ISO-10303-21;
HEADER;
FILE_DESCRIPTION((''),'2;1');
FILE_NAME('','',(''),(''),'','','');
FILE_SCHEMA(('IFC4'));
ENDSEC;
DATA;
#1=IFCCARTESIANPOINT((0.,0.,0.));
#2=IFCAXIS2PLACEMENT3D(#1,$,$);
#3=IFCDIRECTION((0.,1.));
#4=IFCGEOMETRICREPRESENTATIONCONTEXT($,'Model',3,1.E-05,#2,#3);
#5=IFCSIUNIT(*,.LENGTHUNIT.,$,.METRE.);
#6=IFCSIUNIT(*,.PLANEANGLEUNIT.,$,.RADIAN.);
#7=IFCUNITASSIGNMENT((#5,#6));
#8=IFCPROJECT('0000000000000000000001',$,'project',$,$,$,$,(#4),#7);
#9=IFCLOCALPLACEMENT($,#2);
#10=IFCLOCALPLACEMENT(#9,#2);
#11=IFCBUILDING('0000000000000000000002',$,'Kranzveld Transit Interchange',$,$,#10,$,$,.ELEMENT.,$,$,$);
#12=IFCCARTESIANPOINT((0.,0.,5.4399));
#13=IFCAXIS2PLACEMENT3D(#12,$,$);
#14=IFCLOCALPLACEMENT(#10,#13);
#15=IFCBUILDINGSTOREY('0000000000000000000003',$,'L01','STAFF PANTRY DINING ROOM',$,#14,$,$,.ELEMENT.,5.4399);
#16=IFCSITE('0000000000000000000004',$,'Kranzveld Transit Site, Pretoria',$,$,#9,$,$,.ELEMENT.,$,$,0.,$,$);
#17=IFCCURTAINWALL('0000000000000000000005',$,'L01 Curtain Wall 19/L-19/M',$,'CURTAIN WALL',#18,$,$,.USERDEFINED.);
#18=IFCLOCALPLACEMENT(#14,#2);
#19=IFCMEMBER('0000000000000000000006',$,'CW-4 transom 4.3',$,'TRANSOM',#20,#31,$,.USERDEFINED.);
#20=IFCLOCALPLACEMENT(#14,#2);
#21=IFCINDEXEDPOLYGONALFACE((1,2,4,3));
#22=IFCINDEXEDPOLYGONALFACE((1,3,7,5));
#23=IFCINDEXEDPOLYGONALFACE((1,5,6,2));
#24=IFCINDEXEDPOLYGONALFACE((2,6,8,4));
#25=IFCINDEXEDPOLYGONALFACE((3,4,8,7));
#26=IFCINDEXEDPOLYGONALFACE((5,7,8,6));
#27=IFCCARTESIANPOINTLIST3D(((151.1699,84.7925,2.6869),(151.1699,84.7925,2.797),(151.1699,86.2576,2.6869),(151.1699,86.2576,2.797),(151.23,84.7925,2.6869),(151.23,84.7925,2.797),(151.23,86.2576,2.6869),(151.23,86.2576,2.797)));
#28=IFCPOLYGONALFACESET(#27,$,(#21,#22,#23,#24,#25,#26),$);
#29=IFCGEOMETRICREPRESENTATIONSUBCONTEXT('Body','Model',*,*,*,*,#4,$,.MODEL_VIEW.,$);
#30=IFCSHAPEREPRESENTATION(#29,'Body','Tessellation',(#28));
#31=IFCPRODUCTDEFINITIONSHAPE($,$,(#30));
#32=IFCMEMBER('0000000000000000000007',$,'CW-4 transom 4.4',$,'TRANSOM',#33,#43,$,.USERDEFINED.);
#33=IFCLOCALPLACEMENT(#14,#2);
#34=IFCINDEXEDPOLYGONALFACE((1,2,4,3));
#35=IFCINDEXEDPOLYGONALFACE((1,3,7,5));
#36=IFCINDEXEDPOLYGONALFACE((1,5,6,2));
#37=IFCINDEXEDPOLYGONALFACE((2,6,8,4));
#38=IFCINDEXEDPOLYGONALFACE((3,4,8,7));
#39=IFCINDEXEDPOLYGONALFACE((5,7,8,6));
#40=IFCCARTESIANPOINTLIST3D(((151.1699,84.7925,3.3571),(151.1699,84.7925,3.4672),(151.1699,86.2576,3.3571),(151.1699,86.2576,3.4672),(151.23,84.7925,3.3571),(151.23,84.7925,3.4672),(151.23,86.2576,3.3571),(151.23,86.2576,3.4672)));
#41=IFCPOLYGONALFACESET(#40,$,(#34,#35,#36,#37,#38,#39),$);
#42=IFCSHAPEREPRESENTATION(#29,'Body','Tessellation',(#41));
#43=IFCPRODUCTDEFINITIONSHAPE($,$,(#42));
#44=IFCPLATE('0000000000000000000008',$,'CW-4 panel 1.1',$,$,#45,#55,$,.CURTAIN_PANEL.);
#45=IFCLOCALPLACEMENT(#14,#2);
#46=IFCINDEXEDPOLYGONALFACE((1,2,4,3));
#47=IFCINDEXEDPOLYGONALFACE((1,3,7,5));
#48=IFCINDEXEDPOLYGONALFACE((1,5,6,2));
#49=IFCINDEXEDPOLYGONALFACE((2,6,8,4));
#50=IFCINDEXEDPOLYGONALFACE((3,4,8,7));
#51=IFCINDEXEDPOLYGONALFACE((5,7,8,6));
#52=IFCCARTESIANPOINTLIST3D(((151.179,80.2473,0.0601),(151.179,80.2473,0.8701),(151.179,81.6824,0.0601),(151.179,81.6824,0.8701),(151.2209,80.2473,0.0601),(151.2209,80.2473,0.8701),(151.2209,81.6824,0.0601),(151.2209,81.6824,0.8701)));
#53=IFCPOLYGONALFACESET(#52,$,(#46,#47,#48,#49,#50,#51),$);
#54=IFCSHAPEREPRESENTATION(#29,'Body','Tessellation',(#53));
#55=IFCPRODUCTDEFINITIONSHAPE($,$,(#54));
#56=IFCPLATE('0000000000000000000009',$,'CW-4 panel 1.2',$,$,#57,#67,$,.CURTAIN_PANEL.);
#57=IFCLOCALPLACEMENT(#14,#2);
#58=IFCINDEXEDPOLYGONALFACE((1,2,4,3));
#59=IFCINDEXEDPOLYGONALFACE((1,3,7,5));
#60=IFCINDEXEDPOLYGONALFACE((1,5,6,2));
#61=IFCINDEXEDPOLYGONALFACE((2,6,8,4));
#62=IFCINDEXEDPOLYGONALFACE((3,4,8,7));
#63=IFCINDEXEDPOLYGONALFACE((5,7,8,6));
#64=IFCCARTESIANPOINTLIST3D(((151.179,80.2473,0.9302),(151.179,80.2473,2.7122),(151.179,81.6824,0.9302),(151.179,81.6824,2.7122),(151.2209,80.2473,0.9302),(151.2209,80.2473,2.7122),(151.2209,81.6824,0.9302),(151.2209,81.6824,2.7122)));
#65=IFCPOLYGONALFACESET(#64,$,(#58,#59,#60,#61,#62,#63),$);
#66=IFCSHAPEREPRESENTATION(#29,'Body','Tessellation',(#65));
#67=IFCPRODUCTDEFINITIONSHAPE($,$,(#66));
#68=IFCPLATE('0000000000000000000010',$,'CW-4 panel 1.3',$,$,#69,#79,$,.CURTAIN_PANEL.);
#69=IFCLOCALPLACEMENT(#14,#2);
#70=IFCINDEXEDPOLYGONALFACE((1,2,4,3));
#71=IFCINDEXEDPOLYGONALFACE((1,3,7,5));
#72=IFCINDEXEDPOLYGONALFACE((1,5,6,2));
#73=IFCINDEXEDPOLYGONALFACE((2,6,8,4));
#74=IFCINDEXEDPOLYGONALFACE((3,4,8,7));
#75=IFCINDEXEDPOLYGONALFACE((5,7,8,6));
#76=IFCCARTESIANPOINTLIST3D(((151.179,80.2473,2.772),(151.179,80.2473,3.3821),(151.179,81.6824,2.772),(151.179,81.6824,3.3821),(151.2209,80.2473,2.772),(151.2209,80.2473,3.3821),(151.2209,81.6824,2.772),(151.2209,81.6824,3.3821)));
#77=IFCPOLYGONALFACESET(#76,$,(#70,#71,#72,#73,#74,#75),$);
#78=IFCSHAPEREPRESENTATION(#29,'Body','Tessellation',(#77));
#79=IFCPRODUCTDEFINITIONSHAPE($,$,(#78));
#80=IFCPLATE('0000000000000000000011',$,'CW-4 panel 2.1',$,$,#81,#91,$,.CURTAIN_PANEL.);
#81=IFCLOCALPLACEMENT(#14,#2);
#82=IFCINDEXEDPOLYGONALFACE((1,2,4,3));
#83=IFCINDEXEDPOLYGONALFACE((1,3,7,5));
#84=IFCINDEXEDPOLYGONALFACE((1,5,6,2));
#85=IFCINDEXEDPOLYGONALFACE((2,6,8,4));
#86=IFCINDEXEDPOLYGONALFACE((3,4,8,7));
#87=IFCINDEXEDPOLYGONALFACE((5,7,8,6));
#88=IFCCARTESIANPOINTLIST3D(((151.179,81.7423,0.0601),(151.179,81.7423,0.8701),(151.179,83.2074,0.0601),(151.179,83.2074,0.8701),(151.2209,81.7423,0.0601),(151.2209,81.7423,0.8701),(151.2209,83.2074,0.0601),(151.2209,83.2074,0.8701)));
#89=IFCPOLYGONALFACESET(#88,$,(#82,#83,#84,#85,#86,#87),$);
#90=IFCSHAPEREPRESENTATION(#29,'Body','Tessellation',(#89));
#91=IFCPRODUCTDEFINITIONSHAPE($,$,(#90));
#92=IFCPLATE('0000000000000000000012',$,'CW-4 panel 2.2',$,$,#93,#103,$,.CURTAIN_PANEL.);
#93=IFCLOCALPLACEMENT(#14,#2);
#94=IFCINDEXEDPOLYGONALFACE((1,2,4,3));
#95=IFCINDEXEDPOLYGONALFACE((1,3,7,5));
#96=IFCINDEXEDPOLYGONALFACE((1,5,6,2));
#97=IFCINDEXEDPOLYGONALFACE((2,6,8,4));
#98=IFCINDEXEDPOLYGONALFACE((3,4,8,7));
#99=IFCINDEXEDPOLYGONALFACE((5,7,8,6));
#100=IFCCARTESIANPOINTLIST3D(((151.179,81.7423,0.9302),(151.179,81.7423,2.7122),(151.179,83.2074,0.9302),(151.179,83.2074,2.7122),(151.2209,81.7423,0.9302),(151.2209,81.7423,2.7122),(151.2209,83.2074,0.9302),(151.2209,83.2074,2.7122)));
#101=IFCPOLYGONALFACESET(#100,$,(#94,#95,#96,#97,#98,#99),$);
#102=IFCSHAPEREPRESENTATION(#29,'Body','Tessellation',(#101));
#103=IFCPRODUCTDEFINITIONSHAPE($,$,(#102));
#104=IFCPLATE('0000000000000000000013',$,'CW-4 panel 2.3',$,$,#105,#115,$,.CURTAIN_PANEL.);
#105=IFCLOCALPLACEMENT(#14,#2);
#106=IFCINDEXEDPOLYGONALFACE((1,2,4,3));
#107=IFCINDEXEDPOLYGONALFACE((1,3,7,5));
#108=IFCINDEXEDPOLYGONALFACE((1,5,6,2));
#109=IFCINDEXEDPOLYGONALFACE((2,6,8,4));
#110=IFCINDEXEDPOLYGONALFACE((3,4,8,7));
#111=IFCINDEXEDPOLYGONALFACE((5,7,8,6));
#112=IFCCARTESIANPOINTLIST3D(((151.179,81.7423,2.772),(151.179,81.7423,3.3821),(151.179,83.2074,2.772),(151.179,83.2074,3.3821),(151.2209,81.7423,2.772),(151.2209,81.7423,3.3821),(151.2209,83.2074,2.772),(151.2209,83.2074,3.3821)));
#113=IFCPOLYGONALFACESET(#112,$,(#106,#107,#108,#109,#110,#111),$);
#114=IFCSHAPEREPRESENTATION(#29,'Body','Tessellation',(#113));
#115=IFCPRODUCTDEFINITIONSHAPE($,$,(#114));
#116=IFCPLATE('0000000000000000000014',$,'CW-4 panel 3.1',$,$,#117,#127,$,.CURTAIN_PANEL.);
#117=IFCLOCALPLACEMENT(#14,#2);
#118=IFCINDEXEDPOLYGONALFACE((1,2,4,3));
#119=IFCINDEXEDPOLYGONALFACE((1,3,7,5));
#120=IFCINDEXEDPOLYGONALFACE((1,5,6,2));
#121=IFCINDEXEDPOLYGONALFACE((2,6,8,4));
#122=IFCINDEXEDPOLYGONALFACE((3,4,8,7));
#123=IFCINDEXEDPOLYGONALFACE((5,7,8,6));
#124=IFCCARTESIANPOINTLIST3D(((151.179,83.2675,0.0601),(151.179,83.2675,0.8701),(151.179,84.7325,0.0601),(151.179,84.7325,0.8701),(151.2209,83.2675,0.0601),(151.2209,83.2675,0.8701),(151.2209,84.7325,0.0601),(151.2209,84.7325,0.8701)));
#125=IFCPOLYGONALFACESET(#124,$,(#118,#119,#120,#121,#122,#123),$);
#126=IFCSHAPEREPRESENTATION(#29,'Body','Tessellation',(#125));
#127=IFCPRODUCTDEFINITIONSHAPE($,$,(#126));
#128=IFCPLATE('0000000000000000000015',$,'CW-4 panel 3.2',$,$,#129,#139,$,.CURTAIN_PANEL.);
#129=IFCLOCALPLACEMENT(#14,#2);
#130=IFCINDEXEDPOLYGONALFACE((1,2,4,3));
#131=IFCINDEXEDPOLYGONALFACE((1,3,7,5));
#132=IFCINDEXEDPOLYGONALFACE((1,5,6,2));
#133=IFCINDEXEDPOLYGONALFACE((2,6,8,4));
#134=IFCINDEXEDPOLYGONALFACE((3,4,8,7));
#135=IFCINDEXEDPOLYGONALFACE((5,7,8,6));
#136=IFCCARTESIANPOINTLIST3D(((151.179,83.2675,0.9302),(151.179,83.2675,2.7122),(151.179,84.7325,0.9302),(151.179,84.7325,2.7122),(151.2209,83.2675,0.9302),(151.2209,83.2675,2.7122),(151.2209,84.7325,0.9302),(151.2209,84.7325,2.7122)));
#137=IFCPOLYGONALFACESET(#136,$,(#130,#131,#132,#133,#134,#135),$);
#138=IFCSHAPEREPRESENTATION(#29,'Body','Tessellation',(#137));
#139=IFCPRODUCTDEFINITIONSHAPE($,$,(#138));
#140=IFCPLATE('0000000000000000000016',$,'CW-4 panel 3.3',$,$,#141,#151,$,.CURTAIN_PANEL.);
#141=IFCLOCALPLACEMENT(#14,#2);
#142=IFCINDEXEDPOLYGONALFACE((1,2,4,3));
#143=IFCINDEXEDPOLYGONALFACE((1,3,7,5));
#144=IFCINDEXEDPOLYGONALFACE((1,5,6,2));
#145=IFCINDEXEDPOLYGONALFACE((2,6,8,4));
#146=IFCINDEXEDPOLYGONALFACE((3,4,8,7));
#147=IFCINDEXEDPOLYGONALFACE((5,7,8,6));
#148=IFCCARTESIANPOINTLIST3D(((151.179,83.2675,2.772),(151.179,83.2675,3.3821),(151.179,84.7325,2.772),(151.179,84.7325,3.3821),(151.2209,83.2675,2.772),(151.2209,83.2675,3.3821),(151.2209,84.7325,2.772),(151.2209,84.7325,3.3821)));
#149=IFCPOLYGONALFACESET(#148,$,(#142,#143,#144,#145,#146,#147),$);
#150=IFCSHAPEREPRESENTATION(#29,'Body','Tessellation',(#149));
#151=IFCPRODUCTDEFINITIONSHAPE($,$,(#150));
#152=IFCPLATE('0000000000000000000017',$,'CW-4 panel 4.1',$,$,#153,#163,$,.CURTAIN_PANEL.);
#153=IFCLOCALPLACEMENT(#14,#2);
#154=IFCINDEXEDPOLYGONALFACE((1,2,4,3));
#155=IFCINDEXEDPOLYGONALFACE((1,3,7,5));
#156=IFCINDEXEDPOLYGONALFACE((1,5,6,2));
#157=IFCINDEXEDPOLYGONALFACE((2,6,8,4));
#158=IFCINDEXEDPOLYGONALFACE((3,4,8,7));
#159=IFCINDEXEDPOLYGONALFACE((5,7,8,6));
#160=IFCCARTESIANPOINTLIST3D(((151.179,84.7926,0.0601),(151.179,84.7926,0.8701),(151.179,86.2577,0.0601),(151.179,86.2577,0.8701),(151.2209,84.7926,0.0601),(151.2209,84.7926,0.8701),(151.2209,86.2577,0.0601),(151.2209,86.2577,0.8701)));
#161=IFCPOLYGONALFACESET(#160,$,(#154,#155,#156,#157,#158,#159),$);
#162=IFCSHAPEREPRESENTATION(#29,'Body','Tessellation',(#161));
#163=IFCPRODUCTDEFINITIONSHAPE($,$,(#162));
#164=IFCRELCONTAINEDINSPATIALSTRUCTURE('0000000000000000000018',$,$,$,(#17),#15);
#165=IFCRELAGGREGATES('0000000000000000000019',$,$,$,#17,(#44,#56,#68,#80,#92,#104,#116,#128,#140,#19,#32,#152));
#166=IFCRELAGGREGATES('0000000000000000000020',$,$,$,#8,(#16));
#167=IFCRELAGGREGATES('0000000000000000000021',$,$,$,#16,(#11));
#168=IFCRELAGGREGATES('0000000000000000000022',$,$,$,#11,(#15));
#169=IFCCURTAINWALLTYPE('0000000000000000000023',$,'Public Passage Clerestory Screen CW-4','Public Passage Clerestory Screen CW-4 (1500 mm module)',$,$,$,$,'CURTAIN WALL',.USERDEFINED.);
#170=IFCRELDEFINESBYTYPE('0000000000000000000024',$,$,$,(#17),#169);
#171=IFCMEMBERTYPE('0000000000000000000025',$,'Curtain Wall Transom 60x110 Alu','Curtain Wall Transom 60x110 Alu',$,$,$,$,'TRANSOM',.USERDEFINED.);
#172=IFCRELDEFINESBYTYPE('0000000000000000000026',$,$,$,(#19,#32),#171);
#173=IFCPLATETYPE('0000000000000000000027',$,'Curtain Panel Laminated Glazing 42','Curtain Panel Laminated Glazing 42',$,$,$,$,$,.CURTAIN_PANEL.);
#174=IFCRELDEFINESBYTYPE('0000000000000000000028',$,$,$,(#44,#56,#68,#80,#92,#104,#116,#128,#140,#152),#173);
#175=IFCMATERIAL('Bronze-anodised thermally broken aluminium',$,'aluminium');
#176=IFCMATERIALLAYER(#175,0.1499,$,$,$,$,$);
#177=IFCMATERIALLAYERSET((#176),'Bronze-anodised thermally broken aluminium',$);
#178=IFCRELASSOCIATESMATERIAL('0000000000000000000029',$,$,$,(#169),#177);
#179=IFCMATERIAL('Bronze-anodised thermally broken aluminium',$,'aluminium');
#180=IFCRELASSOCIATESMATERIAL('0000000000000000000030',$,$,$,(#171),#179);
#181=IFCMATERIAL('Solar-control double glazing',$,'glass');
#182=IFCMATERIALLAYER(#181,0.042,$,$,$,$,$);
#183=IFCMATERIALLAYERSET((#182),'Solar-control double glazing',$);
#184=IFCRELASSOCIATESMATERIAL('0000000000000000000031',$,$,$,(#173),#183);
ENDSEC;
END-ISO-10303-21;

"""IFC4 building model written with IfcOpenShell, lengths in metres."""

from ifc_helpers import new_model, si_unit, direction, frame, origin, origin_2d, place, context, subcontext, project, spatial, rectangle, extrude, material, layer, layer_set, material_profile, profile_set, type_object, element, aggregate, save


model = new_model("IFC4")

# Units and contexts
model_context = context("Model", 3, precision=1e-05, world=origin(), true_north=direction((0.0, 1.0)))
body_context = subcontext(model_context, "Body", "Model", "MODEL_VIEW")
ifc_project = project(units=[si_unit("LENGTHUNIT", "METRE"), si_unit("PLANEANGLEUNIT", "RADIAN")], contexts=[model_context])

# Site, building, storey
site_placement = place(None, origin())
site = spatial("IfcSite", under=ifc_project, at=site_placement, Name="Kranzveld Transit Site, Pretoria", CompositionType="ELEMENT", RefElevation=0.0)
building_placement = place(site_placement, origin())
building = spatial("IfcBuilding", under=site, at=building_placement, Name="Kranzveld Transit Interchange", CompositionType="ELEMENT")
storey_placement = place(building_placement, frame((0.0, 0.0, 5.4399)))
storey = spatial("IfcBuildingStorey", under=building, at=storey_placement, Name="L01", Description="STAFF PANTRY DINING ROOM", CompositionType="ELEMENT", Elevation=5.4399)

# Curtain wall, members, plates
ifc_material_1 = material(Name="Bronze-anodised thermally broken aluminium", Category="aluminium")
ifc_layer_1 = layer(ifc_material_1, 0.1499)
ifc_layer_set_1 = layer_set([ifc_layer_1], Name="Bronze-anodised thermally broken aluminium")
curtain_wall_type = type_object("IfcCurtainWallType", Name="Public Passage Clerestory Screen CW-4", Description="Public Passage Clerestory Screen CW-4 (1500 mm module)", ElementType="CURTAIN WALL", PredefinedType="USERDEFINED", material=ifc_layer_set_1)
curtain_wall_placement = place(storey_placement, origin())
curtain_wall = element("IfcCurtainWall", 1, at=curtain_wall_placement, inside=storey, type_object=curtain_wall_type, Name="L01 Curtain Wall 19/L-19/M", ObjectType="CURTAIN WALL", PredefinedType="USERDEFINED")
ifc_material_2 = material(Name="Bronze-anodised thermally broken aluminium", Category="aluminium")
ifc_material_profile_1 = material_profile(ifc_material_2, rectangle(XDim=0.0601, YDim=0.1101, at=origin_2d()), Name="ALU TRANSOM 60x110")
ifc_profile_set_1 = profile_set([ifc_material_profile_1], Name="Bronze-anodised thermally broken aluminium")
member_type_1 = type_object("IfcMemberType", Name="Curtain Wall Transom 60x110 Alu", Description="Curtain Wall Transom 60x110 Alu", ElementType="TRANSOM", PredefinedType="USERDEFINED", material=ifc_profile_set_1)
member_1_placement = place(storey_placement, frame((151.2, 84.7925, 2.7419), z_axis=(0.0, 1.0, 0.0), x_axis=(-1.0, 0.0, 0.0)))
member_1 = element("IfcMember", 2, at=member_1_placement, type_object=member_type_1, Name="CW-4 transom 4.3", ObjectType="TRANSOM", PredefinedType="USERDEFINED", context=body_context, shape_type="SweptSolid", body=[
    extrude(rectangle(XDim=0.0601, YDim=0.1101, at=origin_2d()), origin(), (0.0, 0.0, 1.0), 1.4651),
])
member_2_placement = place(storey_placement, frame((151.2, 84.7925, 3.4121), z_axis=(0.0, 1.0, 0.0), x_axis=(-1.0, 0.0, 0.0)))
member_2 = element("IfcMember", 3, at=member_2_placement, type_object=member_type_1, Name="CW-4 transom 4.4", ObjectType="TRANSOM", PredefinedType="USERDEFINED", context=body_context, shape_type="SweptSolid", body=[
    extrude(rectangle(XDim=0.0601, YDim=0.1101, at=origin_2d()), origin(), (0.0, 0.0, 1.0), 1.4651),
])
ifc_material_3 = material(Name="Solar-control double glazing", Category="glass")
ifc_layer_2 = layer(ifc_material_3, 0.042)
ifc_layer_set_2 = layer_set([ifc_layer_2], Name="Solar-control double glazing")
plate_type = type_object("IfcPlateType", Name="Curtain Panel Laminated Glazing 42", Description="Curtain Panel Laminated Glazing 42", PredefinedType="CURTAIN_PANEL", material=ifc_layer_set_2)
plate_1_placement = place(storey_placement, frame((151.2, 80.9648, 0.0601), z_axis=(0.0, 0.0, 1.0), x_axis=(0.0, 1.0, 0.0)))
plate_1 = element("IfcPlate", 4, at=plate_1_placement, type_object=plate_type, Name="CW-4 panel 1.1", PredefinedType="CURTAIN_PANEL", context=body_context, shape_type="SweptSolid", body=[
    extrude(rectangle(XDim=1.4351, YDim=0.042, at=origin_2d()), origin(), (0.0, 0.0, 1.0), 0.8101),
])
plate_2_placement = place(storey_placement, frame((151.2, 80.9648, 0.9302), z_axis=(0.0, 0.0, 1.0), x_axis=(0.0, 1.0, 0.0)))
plate_2 = element("IfcPlate", 5, at=plate_2_placement, type_object=plate_type, Name="CW-4 panel 1.2", PredefinedType="CURTAIN_PANEL", context=body_context, shape_type="SweptSolid", body=[
    extrude(rectangle(XDim=1.4351, YDim=0.042, at=origin_2d()), origin(), (0.0, 0.0, 1.0), 1.782),
])
plate_3_placement = place(storey_placement, frame((151.2, 80.9648, 2.772), z_axis=(0.0, 0.0, 1.0), x_axis=(0.0, 1.0, 0.0)))
plate_3 = element("IfcPlate", 6, at=plate_3_placement, type_object=plate_type, Name="CW-4 panel 1.3", PredefinedType="CURTAIN_PANEL", context=body_context, shape_type="SweptSolid", body=[
    extrude(rectangle(XDim=1.4351, YDim=0.042, at=origin_2d()), origin(), (0.0, 0.0, 1.0), 0.6101),
])
plate_4_placement = place(storey_placement, frame((151.2, 82.4749, 0.0601), z_axis=(0.0, 0.0, 1.0), x_axis=(0.0, 1.0, 0.0)))
plate_4 = element("IfcPlate", 7, at=plate_4_placement, type_object=plate_type, Name="CW-4 panel 2.1", PredefinedType="CURTAIN_PANEL", context=body_context, shape_type="SweptSolid", body=[
    extrude(rectangle(XDim=1.4651, YDim=0.042, at=origin_2d()), origin(), (0.0, 0.0, 1.0), 0.8101),
])
plate_5_placement = place(storey_placement, frame((151.2, 82.4749, 0.9302), z_axis=(0.0, 0.0, 1.0), x_axis=(0.0, 1.0, 0.0)))
plate_5 = element("IfcPlate", 8, at=plate_5_placement, type_object=plate_type, Name="CW-4 panel 2.2", PredefinedType="CURTAIN_PANEL", context=body_context, shape_type="SweptSolid", body=[
    extrude(rectangle(XDim=1.4651, YDim=0.042, at=origin_2d()), origin(), (0.0, 0.0, 1.0), 1.782),
])
plate_6_placement = place(storey_placement, frame((151.2, 82.4749, 2.772), z_axis=(0.0, 0.0, 1.0), x_axis=(0.0, 1.0, 0.0)))
plate_6 = element("IfcPlate", 9, at=plate_6_placement, type_object=plate_type, Name="CW-4 panel 2.3", PredefinedType="CURTAIN_PANEL", context=body_context, shape_type="SweptSolid", body=[
    extrude(rectangle(XDim=1.4651, YDim=0.042, at=origin_2d()), origin(), (0.0, 0.0, 1.0), 0.6101),
])
plate_7_placement = place(storey_placement, frame((151.2, 84.0, 0.0601), z_axis=(0.0, 0.0, 1.0), x_axis=(0.0, 1.0, 0.0)))
plate_7 = element("IfcPlate", 10, at=plate_7_placement, type_object=plate_type, Name="CW-4 panel 3.1", PredefinedType="CURTAIN_PANEL", context=body_context, shape_type="SweptSolid", body=[
    extrude(rectangle(XDim=1.4651, YDim=0.042, at=origin_2d()), origin(), (0.0, 0.0, 1.0), 0.8101),
])
plate_8_placement = place(storey_placement, frame((151.2, 84.0, 0.9302), z_axis=(0.0, 0.0, 1.0), x_axis=(0.0, 1.0, 0.0)))
plate_8 = element("IfcPlate", 11, at=plate_8_placement, type_object=plate_type, Name="CW-4 panel 3.2", PredefinedType="CURTAIN_PANEL", context=body_context, shape_type="SweptSolid", body=[
    extrude(rectangle(XDim=1.4651, YDim=0.042, at=origin_2d()), origin(), (0.0, 0.0, 1.0), 1.782),
])
plate_9_placement = place(storey_placement, frame((151.2, 84.0, 2.772), z_axis=(0.0, 0.0, 1.0), x_axis=(0.0, 1.0, 0.0)))
plate_9 = element("IfcPlate", 12, at=plate_9_placement, type_object=plate_type, Name="CW-4 panel 3.3", PredefinedType="CURTAIN_PANEL", context=body_context, shape_type="SweptSolid", body=[
    extrude(rectangle(XDim=1.4651, YDim=0.042, at=origin_2d()), origin(), (0.0, 0.0, 1.0), 0.6101),
])
plate_10_placement = place(storey_placement, frame((151.2, 85.5251, 0.0601), z_axis=(0.0, 0.0, 1.0), x_axis=(0.0, 1.0, 0.0)))
plate_10 = element("IfcPlate", 13, at=plate_10_placement, type_object=plate_type, Name="CW-4 panel 4.1", PredefinedType="CURTAIN_PANEL", context=body_context, shape_type="SweptSolid", body=[
    extrude(rectangle(XDim=1.4651, YDim=0.042, at=origin_2d()), origin(), (0.0, 0.0, 1.0), 0.8101),
])
aggregate(curtain_wall, [plate_1, plate_2, plate_3, plate_4, plate_5, plate_6, plate_7, plate_8, plate_9, member_1, member_2, plate_10])

save(model, "model.ifc")
